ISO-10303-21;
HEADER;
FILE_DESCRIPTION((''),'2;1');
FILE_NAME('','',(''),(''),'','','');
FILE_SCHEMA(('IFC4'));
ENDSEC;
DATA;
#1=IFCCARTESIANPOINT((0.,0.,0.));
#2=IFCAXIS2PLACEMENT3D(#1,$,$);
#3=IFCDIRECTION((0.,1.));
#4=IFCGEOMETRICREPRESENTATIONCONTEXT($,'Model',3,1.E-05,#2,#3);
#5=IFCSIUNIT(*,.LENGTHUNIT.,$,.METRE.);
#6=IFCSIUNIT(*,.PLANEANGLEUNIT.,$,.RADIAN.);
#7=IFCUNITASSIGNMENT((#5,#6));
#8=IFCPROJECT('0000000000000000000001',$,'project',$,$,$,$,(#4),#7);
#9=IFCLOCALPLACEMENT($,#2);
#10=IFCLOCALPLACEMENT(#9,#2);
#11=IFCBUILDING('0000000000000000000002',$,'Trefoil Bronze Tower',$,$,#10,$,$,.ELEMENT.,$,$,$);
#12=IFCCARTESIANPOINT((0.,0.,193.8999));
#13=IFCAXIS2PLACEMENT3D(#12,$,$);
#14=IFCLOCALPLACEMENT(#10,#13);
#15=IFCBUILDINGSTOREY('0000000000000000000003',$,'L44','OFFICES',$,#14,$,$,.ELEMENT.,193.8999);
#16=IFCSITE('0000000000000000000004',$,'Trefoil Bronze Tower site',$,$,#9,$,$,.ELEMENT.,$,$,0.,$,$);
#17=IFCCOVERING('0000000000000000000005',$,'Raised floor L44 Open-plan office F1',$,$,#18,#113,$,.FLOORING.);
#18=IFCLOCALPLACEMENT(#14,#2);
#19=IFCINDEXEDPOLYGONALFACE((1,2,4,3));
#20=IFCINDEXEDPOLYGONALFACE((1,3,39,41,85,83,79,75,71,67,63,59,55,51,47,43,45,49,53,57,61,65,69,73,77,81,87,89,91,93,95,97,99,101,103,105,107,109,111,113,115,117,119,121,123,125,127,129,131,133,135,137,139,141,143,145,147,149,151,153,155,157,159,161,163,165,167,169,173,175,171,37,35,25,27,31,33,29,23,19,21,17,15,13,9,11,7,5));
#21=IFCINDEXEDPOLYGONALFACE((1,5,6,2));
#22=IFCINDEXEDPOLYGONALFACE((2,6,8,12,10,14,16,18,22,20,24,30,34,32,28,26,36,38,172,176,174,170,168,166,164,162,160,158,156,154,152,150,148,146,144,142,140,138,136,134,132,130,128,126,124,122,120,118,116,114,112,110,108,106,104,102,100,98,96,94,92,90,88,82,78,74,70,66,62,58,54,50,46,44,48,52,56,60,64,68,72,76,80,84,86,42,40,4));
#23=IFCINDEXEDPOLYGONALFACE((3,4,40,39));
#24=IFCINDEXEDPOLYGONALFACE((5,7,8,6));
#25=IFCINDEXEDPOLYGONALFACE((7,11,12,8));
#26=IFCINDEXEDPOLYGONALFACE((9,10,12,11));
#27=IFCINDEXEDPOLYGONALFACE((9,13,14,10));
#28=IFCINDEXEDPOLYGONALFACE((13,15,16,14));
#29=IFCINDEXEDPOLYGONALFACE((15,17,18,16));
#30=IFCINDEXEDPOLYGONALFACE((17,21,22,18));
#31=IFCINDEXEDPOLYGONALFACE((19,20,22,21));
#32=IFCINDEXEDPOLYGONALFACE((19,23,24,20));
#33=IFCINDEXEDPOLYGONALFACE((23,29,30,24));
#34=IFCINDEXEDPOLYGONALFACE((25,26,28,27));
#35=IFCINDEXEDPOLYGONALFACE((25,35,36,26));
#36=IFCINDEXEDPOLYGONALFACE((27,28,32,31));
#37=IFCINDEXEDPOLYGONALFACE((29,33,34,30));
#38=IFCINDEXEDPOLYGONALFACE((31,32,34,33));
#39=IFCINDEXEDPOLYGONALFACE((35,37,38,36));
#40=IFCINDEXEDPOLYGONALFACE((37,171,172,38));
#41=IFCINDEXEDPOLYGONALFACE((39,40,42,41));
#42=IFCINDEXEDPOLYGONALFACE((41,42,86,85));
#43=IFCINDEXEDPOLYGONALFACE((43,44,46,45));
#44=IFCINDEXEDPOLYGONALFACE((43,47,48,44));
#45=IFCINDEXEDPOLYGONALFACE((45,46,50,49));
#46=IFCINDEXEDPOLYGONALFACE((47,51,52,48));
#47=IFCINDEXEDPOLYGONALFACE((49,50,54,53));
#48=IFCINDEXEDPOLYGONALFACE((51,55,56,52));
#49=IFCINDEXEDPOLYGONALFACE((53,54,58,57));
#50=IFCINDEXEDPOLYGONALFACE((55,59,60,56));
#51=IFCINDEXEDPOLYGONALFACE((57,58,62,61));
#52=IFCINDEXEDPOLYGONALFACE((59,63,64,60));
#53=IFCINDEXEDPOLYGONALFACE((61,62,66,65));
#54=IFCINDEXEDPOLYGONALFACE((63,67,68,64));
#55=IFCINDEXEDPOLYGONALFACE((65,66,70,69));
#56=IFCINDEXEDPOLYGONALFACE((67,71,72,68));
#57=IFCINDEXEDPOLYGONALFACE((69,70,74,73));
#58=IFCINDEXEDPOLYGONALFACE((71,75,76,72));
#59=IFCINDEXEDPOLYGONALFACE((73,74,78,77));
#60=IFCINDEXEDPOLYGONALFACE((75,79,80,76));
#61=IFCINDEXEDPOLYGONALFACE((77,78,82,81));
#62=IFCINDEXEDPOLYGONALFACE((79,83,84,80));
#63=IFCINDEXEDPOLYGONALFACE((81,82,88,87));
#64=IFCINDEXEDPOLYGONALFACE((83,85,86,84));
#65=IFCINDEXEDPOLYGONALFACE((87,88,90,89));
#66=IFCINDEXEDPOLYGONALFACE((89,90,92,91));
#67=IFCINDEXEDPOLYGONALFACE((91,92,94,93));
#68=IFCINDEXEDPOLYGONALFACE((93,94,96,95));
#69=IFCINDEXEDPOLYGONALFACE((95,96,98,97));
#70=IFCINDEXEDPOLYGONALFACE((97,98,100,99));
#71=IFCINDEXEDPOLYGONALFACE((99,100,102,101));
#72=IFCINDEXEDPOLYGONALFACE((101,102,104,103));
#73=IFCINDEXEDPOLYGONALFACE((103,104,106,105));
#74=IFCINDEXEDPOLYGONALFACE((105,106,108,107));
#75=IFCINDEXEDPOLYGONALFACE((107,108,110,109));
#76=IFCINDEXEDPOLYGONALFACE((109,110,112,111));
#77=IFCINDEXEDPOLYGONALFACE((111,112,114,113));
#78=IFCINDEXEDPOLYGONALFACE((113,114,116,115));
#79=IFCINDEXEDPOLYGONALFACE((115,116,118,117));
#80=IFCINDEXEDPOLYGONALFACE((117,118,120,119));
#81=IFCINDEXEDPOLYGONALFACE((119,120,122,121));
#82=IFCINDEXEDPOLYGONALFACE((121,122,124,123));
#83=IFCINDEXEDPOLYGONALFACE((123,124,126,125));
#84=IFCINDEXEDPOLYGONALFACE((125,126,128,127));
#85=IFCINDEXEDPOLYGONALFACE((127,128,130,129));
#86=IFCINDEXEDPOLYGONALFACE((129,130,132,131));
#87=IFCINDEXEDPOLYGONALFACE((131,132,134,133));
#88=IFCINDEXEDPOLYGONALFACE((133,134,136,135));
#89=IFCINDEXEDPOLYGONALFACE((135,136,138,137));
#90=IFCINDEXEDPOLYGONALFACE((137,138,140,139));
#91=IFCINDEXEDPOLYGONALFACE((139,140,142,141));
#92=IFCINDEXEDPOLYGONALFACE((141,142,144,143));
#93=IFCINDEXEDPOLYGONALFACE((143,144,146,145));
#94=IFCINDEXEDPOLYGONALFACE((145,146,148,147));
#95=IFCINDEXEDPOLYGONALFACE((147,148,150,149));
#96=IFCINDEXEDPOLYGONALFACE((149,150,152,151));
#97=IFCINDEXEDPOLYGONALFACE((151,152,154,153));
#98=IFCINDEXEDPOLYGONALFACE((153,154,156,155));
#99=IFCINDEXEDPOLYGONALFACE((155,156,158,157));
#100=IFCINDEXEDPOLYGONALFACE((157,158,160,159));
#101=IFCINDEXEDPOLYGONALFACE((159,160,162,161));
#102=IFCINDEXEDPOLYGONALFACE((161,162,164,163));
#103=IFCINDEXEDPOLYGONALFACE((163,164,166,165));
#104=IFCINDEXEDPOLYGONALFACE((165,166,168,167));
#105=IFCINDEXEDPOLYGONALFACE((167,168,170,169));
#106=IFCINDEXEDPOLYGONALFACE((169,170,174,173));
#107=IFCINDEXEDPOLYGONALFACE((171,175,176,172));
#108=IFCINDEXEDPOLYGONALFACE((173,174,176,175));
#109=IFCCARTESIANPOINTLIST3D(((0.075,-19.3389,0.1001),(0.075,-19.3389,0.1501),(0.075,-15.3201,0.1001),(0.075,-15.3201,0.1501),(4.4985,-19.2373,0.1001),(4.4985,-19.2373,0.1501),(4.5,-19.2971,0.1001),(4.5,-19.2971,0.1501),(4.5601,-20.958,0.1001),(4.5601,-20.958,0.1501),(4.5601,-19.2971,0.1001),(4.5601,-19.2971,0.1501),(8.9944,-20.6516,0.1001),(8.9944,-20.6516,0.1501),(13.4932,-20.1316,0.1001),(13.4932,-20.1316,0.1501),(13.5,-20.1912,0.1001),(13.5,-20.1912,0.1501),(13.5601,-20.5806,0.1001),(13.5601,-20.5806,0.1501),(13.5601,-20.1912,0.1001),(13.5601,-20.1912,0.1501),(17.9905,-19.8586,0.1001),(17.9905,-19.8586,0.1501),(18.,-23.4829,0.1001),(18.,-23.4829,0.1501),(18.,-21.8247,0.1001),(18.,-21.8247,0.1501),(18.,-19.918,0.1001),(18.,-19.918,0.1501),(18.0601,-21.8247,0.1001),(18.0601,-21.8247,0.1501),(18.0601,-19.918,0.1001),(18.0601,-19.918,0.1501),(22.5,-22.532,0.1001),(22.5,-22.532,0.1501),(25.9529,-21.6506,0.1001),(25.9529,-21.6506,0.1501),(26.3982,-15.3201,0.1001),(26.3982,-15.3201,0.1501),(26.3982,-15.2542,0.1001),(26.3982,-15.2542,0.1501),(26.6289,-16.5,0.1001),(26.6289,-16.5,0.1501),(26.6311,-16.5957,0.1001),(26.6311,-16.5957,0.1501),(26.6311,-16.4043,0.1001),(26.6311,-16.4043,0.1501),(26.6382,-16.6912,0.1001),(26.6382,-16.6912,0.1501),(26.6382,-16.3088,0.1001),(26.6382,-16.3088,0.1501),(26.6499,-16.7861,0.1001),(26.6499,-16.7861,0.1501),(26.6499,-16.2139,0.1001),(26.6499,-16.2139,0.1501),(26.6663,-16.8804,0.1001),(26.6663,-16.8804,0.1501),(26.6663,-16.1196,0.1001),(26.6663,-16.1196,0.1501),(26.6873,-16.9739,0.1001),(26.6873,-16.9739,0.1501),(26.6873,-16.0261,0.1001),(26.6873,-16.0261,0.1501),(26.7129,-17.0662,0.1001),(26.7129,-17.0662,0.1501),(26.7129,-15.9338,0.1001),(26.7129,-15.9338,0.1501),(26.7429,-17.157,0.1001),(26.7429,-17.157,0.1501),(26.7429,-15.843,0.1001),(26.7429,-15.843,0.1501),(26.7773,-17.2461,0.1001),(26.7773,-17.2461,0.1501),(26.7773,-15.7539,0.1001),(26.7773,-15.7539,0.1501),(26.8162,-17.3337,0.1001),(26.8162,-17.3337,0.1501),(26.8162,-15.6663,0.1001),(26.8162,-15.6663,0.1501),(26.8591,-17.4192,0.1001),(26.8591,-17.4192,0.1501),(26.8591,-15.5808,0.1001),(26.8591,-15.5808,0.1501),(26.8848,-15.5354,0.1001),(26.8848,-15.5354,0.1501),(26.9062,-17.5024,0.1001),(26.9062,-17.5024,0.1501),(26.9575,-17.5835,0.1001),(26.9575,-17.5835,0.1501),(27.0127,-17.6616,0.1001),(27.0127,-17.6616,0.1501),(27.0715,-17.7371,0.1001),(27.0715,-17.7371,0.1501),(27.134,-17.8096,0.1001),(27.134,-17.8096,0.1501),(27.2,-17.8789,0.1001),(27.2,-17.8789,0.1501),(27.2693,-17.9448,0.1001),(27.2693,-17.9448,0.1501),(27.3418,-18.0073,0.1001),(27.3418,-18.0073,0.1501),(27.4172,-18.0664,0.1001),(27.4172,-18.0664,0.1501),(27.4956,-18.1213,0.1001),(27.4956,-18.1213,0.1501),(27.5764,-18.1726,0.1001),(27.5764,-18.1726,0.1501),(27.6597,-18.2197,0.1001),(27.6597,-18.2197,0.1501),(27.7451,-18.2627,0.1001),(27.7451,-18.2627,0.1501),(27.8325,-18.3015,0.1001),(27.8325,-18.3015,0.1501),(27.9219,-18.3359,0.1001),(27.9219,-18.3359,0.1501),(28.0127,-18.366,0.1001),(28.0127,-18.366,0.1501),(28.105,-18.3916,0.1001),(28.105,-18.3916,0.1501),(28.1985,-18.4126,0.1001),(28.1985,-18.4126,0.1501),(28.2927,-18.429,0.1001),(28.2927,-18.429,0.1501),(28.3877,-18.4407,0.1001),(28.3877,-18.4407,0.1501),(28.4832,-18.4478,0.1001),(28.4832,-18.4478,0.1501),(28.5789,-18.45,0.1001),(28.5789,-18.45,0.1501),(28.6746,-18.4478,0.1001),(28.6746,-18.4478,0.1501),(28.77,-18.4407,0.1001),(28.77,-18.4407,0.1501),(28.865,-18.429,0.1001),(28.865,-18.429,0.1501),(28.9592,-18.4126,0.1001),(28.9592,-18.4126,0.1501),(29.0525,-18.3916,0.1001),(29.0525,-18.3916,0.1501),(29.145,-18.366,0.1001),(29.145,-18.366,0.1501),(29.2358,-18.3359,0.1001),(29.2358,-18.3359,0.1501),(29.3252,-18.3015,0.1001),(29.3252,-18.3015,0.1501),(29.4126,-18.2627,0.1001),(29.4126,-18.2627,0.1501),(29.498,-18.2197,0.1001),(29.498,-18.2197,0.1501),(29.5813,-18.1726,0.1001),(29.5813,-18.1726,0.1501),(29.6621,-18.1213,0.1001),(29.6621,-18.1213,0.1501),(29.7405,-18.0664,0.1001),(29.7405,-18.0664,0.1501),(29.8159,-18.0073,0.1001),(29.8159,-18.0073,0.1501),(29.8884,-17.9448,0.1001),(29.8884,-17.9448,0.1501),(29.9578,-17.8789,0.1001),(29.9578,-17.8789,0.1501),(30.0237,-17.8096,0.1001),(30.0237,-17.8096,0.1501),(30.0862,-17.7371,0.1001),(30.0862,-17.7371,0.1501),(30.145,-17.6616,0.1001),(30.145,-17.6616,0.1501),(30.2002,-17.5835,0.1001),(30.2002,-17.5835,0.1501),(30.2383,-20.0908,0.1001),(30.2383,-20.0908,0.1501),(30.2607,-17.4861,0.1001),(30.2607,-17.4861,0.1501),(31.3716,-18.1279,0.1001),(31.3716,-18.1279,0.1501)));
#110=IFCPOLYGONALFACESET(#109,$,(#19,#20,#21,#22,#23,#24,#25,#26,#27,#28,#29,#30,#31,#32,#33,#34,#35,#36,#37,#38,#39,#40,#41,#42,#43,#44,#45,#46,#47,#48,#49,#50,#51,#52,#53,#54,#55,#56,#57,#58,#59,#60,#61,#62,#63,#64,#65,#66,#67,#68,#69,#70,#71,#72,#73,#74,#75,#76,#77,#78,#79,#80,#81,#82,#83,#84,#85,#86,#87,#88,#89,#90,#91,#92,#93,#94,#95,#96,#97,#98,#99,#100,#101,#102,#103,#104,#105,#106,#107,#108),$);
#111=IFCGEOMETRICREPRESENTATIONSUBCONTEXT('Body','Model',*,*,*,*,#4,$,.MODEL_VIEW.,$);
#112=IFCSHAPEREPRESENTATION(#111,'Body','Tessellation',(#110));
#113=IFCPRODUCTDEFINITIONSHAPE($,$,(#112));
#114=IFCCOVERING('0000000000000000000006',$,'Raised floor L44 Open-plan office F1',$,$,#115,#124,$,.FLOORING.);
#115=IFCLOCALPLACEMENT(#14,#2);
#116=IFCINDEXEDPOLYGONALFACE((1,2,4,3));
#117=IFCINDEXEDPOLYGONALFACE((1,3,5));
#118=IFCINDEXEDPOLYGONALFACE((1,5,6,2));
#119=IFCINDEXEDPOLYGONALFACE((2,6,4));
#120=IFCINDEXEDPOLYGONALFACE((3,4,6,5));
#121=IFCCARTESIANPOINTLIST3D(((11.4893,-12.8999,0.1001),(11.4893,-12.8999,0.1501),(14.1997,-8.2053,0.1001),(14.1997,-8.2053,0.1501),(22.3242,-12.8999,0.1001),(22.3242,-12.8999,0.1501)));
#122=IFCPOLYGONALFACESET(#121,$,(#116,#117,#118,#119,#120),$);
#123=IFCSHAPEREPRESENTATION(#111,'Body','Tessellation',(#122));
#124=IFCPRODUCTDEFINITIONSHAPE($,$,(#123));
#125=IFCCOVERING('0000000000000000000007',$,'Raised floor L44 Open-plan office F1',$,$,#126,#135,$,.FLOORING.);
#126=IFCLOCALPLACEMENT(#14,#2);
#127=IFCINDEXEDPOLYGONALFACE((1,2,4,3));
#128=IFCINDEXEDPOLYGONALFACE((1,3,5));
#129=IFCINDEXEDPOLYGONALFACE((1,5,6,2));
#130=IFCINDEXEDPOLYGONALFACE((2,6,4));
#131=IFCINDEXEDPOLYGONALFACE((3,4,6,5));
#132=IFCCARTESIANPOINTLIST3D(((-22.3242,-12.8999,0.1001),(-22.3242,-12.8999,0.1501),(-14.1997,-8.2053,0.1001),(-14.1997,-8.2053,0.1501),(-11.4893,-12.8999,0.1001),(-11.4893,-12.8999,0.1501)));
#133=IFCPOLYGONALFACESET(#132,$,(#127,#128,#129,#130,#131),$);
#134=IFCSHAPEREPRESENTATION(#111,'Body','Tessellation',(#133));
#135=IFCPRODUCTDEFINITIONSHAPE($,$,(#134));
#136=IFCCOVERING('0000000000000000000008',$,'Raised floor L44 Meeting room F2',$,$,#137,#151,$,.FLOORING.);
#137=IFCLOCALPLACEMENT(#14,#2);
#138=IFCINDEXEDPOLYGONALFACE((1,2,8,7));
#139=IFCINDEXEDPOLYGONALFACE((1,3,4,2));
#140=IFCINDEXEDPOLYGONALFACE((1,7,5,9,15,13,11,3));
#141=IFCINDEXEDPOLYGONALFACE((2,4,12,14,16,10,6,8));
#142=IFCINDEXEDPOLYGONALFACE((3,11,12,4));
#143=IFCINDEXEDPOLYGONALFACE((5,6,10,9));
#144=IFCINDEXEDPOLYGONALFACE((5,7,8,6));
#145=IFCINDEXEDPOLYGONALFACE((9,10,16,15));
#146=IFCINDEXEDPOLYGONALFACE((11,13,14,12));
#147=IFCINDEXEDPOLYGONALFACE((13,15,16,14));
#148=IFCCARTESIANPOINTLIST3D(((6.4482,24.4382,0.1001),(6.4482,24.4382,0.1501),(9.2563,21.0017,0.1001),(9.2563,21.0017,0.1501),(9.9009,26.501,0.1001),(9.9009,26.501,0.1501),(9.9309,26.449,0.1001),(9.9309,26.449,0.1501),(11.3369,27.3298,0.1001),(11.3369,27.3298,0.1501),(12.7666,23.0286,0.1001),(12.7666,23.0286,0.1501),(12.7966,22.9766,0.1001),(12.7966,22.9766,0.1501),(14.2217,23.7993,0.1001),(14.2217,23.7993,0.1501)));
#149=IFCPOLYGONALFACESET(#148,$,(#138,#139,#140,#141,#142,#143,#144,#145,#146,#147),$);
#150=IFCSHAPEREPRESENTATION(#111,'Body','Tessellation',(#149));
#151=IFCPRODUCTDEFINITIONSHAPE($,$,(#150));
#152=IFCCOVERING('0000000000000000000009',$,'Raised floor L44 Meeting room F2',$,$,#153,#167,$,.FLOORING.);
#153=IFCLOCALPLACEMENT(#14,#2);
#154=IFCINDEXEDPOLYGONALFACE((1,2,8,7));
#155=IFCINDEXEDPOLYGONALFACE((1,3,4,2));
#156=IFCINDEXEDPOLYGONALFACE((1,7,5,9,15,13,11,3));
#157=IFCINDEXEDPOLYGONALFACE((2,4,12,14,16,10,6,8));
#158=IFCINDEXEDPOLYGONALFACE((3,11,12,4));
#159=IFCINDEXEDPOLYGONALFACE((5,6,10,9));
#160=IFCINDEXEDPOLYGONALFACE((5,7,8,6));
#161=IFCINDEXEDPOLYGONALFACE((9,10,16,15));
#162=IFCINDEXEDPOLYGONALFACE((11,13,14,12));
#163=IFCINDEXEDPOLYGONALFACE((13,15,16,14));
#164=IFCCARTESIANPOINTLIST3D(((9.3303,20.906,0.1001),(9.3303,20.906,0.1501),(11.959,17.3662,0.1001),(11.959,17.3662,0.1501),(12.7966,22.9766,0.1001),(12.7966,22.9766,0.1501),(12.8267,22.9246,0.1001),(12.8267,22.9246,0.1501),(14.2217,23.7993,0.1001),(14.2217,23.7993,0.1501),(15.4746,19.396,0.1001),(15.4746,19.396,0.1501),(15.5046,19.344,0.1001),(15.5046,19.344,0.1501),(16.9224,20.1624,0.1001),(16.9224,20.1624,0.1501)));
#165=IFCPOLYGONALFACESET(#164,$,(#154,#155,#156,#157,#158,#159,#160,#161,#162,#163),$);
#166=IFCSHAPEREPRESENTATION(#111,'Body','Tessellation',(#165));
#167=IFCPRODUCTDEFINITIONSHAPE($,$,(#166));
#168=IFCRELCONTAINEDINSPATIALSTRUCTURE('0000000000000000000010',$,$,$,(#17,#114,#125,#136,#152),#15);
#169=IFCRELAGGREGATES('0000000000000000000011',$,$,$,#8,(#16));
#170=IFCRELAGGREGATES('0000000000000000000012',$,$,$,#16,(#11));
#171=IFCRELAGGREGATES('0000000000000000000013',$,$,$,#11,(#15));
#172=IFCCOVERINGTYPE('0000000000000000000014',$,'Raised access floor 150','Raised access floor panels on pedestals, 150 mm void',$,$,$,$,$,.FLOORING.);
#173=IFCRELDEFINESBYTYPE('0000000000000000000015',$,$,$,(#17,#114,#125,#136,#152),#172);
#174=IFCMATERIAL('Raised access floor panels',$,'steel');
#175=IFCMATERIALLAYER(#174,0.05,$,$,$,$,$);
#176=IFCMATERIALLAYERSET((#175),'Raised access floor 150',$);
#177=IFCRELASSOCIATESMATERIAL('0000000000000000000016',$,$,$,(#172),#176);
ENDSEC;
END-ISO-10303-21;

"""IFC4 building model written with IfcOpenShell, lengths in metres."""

from ifc_helpers import new_model, si_unit, direction, frame, origin, place, context, subcontext, project, spatial, polyline, outline, extrude, material, layer, layer_set, type_object, element, save


model = new_model("IFC4")

# Units and contexts
model_context = context("Model", 3, precision=1e-05, world=origin(), true_north=direction((0.0, 1.0)))
body_context = subcontext(model_context, "Body", "Model", "MODEL_VIEW")
ifc_project = project(units=[si_unit("LENGTHUNIT", "METRE"), si_unit("PLANEANGLEUNIT", "RADIAN")], contexts=[model_context])

# Site, building, storey
site_placement = place(None, origin())
site = spatial("IfcSite", under=ifc_project, at=site_placement, Name="Trefoil Bronze Tower site", CompositionType="ELEMENT", RefElevation=0.0)
building_placement = place(site_placement, origin())
building = spatial("IfcBuilding", under=site, at=building_placement, Name="Trefoil Bronze Tower", CompositionType="ELEMENT")
storey_placement = place(building_placement, frame((0.0, 0.0, 193.8999)))
storey = spatial("IfcBuildingStorey", under=building, at=storey_placement, Name="L44", Description="OFFICES", CompositionType="ELEMENT", Elevation=193.8999)

# Coverings
ifc_material_1 = material(Name="Raised access floor panels", Category="steel")
ifc_layer_1 = layer(ifc_material_1, 0.05)
ifc_layer_set_1 = layer_set([ifc_layer_1], Name="Raised access floor 150")
covering_type_1 = type_object("IfcCoveringType", Name="Raised access floor 150", Description="Raised access floor panels on pedestals, 150 mm void", PredefinedType="FLOORING", material=ifc_layer_set_1)
covering_1_placement = place(storey_placement, frame((0.0, 0.0, 0.1001)))
element("IfcCovering", 1, at=covering_1_placement, inside=storey, type_object=covering_type_1, Name="Raised floor L44 Open-plan office F1", PredefinedType="FLOORING", context=body_context, shape_type="SweptSolid", body=[
    extrude(outline(polyline([(18.0, -21.8247), (18.0601, -21.8247), (18.0601, -19.918), (18.0, -19.918), (17.9905, -19.8586), (13.5601, -20.5806), (13.5601, -20.1912), (13.5, -20.1912), (13.4932, -20.1316), (8.9944, -20.6516), (4.5601, -20.958), (4.5601, -19.2971), (4.5, -19.2971), (4.4985, -19.2373), (0.075, -19.3389), (0.075, -15.3201), (26.3982, -15.3201), (26.3982, -15.2542), (26.8848, -15.5354), (26.8591, -15.5808), (26.8162, -15.6663), (26.7773, -15.7539), (26.7429, -15.843), (26.7129, -15.9338), (26.6873, -16.0261), (26.6663, -16.1196), (26.6499, -16.2139), (26.6382, -16.3088), (26.6311, -16.4043), (26.6289, -16.5), (26.6311, -16.5957), (26.6382, -16.6912), (26.6499, -16.7861), (26.6663, -16.8804), (26.6873, -16.9739), (26.7129, -17.0662), (26.7429, -17.157), (26.7773, -17.2461), (26.8162, -17.3337), (26.8591, -17.4192), (26.9062, -17.5024), (26.9575, -17.5835), (27.0127, -17.6616), (27.0715, -17.7371), (27.134, -17.8096), (27.2, -17.8789), (27.2693, -17.9448), (27.3418, -18.0073), (27.4172, -18.0664), (27.4956, -18.1213), (27.5764, -18.1726), (27.6597, -18.2197), (27.7451, -18.2627), (27.8325, -18.3015), (27.9219, -18.3359), (28.0127, -18.366), (28.105, -18.3916), (28.1985, -18.4126), (28.2927, -18.429), (28.3877, -18.4407), (28.4832, -18.4478), (28.5789, -18.45), (28.6746, -18.4478), (28.77, -18.4407), (28.865, -18.429), (28.9592, -18.4126), (29.0525, -18.3916), (29.145, -18.366), (29.2358, -18.3359), (29.3252, -18.3015), (29.4126, -18.2627), (29.498, -18.2197), (29.5813, -18.1726), (29.6621, -18.1213), (29.7405, -18.0664), (29.8159, -18.0073), (29.8884, -17.9448), (29.9578, -17.8789), (30.0237, -17.8096), (30.0862, -17.7371), (30.145, -17.6616), (30.2002, -17.5835), (30.2607, -17.4861), (31.3716, -18.1279), (30.2383, -20.0908), (25.9529, -21.6506), (22.5, -22.532), (18.0, -23.4829), (18.0, -21.8247)])), origin(), (0.0, 0.0, 1.0), 0.05),
])
covering_2_placement = place(storey_placement, frame((0.0, 0.0, 0.1001)))
element("IfcCovering", 2, at=covering_2_placement, inside=storey, type_object=covering_type_1, Name="Raised floor L44 Open-plan office F1", PredefinedType="FLOORING", context=body_context, shape_type="SweptSolid", body=[
    extrude(outline(polyline([(14.1997, -8.2053), (22.3242, -12.8999), (11.4893, -12.8999), (14.1997, -8.2053)])), origin(), (0.0, 0.0, 1.0), 0.05),
])
covering_3_placement = place(storey_placement, frame((0.0, 0.0, 0.1001)))
element("IfcCovering", 3, at=covering_3_placement, inside=storey, type_object=covering_type_1, Name="Raised floor L44 Open-plan office F1", PredefinedType="FLOORING", context=body_context, shape_type="SweptSolid", body=[
    extrude(outline(polyline([(-14.1997, -8.2053), (-11.4893, -12.8999), (-22.3242, -12.8999), (-14.1997, -8.2053)])), origin(), (0.0, 0.0, 1.0), 0.05),
])
covering_4_placement = place(storey_placement, frame((0.0, 0.0, 0.1001)))
element("IfcCovering", 4, at=covering_4_placement, inside=storey, type_object=covering_type_1, Name="Raised floor L44 Meeting room F2", PredefinedType="FLOORING", context=body_context, shape_type="SweptSolid", body=[
    extrude(outline(polyline([(14.2217, 23.7993), (12.7966, 22.9766), (12.7666, 23.0286), (9.2563, 21.0017), (6.4482, 24.4382), (9.9309, 26.449), (9.9009, 26.501), (11.3369, 27.3298), (14.2217, 23.7993)])), origin(), (0.0, 0.0, 1.0), 0.05),
])
covering_5_placement = place(storey_placement, frame((0.0, 0.0, 0.1001)))
element("IfcCovering", 5, at=covering_5_placement, inside=storey, type_object=covering_type_1, Name="Raised floor L44 Meeting room F2", PredefinedType="FLOORING", context=body_context, shape_type="SweptSolid", body=[
    extrude(outline(polyline([(16.9224, 20.1624), (15.5046, 19.344), (15.4746, 19.396), (11.959, 17.3662), (9.3303, 20.906), (12.8267, 22.9246), (12.7966, 22.9766), (14.2217, 23.7993), (16.9224, 20.1624)])), origin(), (0.0, 0.0, 1.0), 0.05),
])

save(model, "model.ifc")
